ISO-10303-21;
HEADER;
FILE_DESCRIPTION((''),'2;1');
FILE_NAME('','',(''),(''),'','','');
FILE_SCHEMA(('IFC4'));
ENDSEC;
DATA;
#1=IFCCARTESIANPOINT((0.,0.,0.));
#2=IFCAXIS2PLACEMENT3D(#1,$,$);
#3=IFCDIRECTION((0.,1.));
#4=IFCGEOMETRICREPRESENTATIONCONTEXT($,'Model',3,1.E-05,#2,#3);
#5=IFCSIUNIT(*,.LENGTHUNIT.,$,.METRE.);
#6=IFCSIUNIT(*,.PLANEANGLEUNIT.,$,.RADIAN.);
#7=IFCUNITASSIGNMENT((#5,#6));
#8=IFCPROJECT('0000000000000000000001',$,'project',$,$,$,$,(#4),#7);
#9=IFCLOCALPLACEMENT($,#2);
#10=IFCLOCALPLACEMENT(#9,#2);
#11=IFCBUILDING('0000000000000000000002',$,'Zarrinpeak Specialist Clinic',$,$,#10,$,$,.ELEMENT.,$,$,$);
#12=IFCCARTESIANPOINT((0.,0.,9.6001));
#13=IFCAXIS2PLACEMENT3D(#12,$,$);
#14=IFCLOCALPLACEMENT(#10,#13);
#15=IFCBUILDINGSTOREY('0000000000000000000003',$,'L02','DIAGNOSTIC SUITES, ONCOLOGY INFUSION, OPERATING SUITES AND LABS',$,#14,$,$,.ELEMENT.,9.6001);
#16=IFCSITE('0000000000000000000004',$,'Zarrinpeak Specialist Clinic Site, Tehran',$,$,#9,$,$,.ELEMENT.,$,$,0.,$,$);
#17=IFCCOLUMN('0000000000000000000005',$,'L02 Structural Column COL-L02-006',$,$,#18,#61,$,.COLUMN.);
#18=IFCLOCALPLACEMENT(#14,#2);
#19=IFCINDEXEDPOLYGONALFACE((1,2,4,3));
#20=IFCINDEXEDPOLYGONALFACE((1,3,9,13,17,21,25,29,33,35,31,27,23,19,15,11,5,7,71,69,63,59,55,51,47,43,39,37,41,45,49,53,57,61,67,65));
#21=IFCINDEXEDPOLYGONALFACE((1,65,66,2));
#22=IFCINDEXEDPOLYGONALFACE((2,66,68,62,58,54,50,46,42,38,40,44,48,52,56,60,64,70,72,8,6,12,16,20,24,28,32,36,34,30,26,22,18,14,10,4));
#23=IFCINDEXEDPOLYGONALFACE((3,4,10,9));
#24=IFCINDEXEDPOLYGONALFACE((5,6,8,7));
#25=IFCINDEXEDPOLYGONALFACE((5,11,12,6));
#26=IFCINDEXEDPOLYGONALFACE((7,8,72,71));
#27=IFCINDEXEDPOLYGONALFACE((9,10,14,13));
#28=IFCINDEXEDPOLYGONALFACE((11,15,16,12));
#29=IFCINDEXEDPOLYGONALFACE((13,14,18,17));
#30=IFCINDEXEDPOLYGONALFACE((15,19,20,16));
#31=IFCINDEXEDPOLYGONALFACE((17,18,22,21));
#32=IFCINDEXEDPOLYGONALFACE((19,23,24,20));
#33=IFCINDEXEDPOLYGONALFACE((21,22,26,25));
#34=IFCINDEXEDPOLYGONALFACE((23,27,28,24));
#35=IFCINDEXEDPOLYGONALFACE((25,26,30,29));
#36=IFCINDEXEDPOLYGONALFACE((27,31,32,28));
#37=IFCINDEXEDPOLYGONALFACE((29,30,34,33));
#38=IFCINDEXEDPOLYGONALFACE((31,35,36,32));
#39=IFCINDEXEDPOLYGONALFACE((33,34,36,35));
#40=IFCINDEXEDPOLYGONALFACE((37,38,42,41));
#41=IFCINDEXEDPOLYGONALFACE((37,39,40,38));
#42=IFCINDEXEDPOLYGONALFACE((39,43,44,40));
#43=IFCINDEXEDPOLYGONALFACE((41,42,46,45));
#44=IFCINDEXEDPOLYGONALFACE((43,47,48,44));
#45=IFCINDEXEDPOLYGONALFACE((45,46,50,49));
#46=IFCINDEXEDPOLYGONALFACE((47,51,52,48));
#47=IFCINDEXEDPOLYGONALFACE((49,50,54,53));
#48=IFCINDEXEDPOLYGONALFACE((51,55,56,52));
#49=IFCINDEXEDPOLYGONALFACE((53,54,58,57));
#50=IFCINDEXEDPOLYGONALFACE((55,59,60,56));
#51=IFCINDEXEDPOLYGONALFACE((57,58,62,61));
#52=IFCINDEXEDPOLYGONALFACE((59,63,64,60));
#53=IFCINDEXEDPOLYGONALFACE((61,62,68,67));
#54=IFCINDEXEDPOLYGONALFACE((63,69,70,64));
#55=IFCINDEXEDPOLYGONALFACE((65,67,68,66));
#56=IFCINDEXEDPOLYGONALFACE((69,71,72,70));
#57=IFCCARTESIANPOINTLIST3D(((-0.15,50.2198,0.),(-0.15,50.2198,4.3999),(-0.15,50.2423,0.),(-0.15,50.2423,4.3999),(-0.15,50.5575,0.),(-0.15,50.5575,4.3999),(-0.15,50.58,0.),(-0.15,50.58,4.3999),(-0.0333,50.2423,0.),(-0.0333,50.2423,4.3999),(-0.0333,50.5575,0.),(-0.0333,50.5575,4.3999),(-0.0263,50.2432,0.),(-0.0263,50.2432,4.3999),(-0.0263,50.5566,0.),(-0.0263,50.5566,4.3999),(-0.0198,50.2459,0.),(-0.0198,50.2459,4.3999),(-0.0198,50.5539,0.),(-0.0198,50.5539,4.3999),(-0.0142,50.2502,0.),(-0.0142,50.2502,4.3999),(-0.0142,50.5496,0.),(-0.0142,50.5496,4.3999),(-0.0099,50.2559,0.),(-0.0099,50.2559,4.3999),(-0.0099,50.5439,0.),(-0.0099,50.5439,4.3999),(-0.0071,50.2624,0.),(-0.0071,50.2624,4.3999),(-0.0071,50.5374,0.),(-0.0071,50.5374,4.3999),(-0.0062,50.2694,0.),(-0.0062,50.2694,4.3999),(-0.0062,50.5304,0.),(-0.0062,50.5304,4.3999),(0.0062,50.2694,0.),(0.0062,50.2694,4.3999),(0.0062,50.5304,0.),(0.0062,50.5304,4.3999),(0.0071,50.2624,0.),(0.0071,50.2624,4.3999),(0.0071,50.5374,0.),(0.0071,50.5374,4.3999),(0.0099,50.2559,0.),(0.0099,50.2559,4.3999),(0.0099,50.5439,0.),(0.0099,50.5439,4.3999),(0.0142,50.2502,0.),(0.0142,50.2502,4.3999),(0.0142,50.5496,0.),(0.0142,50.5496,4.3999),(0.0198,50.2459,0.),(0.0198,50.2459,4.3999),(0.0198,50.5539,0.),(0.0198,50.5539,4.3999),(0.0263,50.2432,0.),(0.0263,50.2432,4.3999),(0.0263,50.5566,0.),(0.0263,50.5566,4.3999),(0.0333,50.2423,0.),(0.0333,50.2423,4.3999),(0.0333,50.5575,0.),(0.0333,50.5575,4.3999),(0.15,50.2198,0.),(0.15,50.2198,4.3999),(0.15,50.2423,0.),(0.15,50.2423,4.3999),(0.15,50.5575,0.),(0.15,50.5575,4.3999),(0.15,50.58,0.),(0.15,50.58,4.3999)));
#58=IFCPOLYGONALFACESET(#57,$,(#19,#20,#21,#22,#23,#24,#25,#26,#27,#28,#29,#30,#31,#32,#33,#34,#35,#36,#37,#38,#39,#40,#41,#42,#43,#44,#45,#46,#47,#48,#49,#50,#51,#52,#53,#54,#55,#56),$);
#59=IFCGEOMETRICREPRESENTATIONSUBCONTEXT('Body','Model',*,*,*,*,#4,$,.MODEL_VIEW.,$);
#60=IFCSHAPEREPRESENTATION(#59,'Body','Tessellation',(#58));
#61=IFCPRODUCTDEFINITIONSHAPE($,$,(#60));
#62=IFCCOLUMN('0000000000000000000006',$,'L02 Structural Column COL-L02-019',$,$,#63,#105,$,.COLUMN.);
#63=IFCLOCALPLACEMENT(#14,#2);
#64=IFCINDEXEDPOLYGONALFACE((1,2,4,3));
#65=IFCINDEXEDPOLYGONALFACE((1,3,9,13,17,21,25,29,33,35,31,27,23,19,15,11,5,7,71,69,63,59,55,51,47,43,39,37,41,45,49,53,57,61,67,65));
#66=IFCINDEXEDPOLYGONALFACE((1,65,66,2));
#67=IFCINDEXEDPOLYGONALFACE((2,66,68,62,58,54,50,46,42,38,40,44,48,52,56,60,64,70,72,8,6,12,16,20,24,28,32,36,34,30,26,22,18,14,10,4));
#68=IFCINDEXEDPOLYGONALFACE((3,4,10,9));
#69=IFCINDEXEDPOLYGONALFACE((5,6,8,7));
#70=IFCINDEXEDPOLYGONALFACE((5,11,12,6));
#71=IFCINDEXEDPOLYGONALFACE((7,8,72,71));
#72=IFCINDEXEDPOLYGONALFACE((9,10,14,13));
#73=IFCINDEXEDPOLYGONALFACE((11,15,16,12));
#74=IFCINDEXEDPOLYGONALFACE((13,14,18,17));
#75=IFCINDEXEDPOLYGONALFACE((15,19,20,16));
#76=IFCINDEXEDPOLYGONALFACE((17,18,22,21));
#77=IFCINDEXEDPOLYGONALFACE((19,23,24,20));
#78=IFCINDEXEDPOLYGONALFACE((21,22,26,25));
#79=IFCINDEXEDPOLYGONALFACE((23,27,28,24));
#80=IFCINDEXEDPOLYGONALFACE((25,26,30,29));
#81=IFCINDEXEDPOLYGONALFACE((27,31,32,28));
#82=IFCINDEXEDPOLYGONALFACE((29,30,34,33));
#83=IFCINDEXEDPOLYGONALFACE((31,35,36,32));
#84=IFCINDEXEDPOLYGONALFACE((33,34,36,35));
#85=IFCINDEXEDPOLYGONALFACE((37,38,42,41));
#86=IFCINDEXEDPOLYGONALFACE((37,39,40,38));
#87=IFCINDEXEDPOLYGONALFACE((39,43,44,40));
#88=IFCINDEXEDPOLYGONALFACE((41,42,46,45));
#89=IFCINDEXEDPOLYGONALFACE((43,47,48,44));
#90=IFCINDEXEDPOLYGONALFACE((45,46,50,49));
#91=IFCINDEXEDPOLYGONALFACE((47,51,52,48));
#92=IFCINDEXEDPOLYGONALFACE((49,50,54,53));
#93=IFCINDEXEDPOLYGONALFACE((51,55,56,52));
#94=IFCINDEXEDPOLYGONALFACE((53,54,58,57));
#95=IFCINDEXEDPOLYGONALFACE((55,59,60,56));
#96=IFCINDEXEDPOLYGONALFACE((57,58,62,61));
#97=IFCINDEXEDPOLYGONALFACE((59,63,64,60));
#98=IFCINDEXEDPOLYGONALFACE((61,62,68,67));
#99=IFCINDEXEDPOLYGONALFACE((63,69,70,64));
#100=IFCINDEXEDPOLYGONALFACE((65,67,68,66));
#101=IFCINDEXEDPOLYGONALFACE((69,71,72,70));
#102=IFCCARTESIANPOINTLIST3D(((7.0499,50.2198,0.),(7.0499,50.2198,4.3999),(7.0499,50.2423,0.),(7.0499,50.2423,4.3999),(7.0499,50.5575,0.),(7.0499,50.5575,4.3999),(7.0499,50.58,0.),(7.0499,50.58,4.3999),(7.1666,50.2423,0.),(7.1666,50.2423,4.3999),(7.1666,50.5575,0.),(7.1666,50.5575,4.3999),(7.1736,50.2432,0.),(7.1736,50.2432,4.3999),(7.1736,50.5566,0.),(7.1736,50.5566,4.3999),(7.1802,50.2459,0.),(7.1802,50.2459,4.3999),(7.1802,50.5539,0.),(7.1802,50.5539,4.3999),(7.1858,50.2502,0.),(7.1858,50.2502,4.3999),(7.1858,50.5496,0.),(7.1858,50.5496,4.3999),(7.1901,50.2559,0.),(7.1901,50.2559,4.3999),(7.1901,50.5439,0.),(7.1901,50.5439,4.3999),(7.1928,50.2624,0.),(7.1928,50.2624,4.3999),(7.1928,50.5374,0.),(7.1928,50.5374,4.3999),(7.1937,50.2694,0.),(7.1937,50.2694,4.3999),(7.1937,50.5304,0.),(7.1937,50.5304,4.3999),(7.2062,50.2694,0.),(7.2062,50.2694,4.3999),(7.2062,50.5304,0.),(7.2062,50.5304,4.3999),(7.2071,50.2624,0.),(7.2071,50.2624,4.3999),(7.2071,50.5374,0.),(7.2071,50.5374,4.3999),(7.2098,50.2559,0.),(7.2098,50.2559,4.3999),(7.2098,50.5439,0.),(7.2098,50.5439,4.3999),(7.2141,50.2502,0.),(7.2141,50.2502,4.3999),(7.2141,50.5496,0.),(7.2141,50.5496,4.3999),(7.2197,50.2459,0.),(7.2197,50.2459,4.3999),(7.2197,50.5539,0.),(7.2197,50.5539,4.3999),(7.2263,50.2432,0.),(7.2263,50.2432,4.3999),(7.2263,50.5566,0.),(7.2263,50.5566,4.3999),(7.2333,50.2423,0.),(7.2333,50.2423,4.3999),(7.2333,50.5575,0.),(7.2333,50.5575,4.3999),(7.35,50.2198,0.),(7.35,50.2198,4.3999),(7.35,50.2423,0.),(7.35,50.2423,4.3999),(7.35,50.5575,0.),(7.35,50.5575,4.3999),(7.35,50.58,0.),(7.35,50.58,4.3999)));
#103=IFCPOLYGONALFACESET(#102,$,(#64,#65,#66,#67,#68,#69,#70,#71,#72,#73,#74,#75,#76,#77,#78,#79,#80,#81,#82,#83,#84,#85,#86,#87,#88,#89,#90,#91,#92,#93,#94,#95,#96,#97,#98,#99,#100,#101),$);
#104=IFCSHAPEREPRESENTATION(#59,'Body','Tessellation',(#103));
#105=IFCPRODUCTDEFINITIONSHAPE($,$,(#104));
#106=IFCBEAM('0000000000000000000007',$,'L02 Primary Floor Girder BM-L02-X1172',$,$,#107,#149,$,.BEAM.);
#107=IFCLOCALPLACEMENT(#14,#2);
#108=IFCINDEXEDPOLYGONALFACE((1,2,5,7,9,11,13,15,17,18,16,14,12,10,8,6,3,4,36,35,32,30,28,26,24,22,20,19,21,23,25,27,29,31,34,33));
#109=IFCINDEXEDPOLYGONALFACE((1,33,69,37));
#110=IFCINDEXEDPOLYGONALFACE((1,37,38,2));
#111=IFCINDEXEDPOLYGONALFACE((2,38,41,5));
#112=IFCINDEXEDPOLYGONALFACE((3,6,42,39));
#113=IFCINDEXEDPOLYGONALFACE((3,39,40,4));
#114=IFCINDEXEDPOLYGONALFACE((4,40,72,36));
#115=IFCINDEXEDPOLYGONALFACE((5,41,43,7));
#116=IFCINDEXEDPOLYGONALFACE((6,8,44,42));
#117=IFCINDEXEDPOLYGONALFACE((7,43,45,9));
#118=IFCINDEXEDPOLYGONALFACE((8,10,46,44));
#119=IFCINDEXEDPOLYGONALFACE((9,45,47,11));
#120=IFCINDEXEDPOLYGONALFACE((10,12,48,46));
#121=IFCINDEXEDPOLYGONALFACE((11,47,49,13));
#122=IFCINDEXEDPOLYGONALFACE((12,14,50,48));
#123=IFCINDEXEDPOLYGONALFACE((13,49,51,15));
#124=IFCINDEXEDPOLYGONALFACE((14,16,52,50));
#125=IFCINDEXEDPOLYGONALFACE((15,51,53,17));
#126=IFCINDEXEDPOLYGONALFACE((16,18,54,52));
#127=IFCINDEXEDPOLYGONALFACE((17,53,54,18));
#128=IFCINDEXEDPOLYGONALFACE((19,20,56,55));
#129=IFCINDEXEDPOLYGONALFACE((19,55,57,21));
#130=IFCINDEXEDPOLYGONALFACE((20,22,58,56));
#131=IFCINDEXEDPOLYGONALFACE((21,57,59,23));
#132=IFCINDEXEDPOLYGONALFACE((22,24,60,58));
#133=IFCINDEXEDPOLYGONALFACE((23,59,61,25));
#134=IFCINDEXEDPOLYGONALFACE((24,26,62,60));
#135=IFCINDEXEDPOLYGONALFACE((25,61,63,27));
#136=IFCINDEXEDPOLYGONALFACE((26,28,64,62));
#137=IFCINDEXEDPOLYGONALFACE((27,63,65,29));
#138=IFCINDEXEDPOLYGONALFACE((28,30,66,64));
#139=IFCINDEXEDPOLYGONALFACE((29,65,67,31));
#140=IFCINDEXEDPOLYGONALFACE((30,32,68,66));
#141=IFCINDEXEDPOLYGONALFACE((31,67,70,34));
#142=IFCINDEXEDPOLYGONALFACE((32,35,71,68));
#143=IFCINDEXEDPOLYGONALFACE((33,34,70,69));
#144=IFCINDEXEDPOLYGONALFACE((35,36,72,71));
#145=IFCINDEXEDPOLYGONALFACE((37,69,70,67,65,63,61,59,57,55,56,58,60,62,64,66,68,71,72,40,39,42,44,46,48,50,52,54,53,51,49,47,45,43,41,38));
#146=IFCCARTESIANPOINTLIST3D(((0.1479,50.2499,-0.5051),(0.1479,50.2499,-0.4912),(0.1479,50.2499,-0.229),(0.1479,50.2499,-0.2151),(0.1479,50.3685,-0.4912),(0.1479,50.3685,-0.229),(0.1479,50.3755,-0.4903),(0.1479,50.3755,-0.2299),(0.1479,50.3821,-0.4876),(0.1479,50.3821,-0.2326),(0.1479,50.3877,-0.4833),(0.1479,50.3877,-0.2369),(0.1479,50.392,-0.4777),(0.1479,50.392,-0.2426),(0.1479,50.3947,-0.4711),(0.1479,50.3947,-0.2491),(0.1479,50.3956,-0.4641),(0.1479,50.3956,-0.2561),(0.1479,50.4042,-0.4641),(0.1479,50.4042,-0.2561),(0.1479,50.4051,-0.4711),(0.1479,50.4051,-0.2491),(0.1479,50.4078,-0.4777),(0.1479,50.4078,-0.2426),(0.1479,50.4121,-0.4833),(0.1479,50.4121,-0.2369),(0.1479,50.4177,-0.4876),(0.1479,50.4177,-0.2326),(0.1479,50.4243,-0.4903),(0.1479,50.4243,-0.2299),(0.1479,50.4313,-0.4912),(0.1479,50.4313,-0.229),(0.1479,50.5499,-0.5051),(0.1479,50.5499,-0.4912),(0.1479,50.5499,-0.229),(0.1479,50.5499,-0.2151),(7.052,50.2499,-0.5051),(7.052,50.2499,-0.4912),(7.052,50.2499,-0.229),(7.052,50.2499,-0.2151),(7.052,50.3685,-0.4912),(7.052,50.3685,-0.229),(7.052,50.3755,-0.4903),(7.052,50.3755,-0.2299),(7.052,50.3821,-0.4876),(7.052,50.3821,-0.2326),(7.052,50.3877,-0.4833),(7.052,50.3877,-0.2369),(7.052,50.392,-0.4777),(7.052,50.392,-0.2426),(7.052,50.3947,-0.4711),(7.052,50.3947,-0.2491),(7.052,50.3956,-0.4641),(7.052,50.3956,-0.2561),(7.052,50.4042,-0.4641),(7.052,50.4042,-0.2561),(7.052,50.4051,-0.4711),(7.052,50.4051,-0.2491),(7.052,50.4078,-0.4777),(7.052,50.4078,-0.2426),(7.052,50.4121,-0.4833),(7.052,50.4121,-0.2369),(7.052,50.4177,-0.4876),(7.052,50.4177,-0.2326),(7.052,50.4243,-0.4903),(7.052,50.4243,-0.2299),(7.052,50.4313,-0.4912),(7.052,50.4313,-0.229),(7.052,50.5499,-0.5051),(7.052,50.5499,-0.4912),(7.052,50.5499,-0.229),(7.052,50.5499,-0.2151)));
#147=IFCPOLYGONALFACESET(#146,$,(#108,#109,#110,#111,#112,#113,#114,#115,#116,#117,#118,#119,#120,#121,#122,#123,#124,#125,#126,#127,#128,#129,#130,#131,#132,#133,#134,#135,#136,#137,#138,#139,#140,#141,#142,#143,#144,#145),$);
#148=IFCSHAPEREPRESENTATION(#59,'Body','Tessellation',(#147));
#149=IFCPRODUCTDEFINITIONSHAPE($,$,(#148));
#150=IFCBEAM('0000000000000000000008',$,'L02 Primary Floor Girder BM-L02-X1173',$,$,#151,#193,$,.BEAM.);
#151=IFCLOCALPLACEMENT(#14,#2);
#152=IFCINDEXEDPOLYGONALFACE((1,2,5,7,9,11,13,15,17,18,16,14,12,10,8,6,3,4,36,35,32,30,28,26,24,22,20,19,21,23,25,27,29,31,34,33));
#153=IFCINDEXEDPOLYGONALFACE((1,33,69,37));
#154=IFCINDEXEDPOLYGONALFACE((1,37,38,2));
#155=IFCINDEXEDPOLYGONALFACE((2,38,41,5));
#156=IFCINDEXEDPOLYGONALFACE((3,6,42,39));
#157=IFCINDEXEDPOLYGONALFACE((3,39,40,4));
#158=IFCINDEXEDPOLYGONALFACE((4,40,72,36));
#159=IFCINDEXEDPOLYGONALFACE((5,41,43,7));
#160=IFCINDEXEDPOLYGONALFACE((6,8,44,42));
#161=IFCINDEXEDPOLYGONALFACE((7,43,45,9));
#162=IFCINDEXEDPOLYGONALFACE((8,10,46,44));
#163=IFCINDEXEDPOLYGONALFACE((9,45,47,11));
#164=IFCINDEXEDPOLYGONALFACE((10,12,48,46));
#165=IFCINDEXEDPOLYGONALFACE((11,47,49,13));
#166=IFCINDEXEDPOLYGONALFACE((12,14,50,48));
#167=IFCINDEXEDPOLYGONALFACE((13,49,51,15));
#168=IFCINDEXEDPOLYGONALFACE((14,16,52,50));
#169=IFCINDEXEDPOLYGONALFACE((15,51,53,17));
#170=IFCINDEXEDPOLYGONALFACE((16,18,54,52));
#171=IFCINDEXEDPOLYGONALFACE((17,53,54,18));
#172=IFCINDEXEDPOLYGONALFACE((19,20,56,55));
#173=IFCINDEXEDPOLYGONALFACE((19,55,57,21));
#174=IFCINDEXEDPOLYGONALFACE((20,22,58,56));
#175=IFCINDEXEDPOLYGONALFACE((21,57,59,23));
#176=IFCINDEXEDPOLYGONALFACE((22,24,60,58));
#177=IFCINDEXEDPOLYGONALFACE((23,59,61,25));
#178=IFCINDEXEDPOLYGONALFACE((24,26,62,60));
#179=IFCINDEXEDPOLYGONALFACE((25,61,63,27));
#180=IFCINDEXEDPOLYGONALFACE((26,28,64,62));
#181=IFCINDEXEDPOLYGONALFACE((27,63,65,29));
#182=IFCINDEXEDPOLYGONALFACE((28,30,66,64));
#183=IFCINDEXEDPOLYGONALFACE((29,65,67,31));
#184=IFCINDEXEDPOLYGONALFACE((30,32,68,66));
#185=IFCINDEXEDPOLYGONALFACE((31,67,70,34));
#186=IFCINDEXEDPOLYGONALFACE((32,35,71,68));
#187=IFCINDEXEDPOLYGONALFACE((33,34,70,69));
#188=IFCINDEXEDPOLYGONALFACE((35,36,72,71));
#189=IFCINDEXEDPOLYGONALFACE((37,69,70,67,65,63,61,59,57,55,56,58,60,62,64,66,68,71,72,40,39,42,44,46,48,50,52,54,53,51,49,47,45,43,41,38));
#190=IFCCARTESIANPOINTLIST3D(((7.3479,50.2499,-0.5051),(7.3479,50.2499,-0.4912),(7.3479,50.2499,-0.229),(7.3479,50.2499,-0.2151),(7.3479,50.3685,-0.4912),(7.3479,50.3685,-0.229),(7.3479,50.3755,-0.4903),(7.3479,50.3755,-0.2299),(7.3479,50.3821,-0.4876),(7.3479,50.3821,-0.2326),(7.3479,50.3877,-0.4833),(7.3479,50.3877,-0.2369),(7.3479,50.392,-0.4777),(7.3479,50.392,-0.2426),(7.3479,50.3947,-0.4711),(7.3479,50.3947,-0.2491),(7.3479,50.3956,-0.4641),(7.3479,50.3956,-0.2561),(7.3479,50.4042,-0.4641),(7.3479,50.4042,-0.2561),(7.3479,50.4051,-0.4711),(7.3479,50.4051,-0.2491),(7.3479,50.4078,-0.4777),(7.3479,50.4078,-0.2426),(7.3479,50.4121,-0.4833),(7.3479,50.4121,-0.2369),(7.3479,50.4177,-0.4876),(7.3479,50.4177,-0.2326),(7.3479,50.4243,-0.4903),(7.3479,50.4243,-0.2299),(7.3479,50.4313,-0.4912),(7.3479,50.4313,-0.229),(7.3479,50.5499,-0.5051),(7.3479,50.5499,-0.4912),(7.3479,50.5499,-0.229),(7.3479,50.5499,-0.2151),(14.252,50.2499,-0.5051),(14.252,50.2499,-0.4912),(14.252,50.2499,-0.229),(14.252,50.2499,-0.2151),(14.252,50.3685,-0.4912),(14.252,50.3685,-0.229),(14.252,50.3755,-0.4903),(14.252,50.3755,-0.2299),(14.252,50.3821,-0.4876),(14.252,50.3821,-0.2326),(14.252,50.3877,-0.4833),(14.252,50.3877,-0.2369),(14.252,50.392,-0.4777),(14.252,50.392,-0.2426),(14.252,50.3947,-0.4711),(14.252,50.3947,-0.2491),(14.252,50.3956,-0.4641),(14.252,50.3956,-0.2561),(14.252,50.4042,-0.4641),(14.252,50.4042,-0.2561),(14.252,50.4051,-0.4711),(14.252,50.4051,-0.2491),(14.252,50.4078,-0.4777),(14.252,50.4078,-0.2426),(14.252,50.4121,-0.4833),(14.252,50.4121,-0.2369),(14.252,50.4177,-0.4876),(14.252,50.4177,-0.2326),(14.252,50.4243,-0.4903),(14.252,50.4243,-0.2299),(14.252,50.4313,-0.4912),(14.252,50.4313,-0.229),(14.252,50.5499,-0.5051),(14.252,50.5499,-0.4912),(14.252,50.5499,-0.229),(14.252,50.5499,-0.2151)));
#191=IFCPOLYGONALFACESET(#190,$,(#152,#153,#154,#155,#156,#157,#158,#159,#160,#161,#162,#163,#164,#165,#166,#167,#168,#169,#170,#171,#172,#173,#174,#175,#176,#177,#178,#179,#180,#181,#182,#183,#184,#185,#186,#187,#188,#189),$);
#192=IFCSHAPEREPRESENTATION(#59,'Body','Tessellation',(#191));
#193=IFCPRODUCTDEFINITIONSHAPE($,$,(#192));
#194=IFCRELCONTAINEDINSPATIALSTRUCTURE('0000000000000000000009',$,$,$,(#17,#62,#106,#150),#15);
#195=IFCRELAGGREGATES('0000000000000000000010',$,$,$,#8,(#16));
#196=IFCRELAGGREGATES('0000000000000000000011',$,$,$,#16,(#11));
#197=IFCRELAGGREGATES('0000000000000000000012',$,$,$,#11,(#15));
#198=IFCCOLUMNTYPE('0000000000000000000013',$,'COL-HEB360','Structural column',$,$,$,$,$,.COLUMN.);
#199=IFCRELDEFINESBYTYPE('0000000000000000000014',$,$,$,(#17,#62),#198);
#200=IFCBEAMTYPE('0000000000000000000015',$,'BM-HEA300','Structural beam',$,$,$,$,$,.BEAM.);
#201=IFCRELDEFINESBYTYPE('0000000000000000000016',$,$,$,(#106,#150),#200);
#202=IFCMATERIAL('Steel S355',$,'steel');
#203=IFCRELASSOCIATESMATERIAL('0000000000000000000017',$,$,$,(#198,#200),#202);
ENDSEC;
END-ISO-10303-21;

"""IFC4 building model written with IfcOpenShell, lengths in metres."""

from ifc_helpers import new_model, si_unit, direction, frame, origin, origin_2d, place, context, subcontext, project, spatial, i_section, extrude, material, material_profile, profile_set, type_object, element, save


model = new_model("IFC4")

# Units and contexts
model_context = context("Model", 3, precision=1e-05, world=origin(), true_north=direction((0.0, 1.0)))
body_context = subcontext(model_context, "Body", "Model", "MODEL_VIEW")
ifc_project = project(units=[si_unit("LENGTHUNIT", "METRE"), si_unit("PLANEANGLEUNIT", "RADIAN")], contexts=[model_context])

# Site, building, storey
site_placement = place(None, origin())
site = spatial("IfcSite", under=ifc_project, at=site_placement, Name="Zarrinpeak Specialist Clinic Site, Tehran", CompositionType="ELEMENT", RefElevation=0.0)
building_placement = place(site_placement, origin())
building = spatial("IfcBuilding", under=site, at=building_placement, Name="Zarrinpeak Specialist Clinic", CompositionType="ELEMENT")
storey_placement = place(building_placement, frame((0.0, 0.0, 9.6001)))
storey = spatial("IfcBuildingStorey", under=building, at=storey_placement, Name="L02", Description="DIAGNOSTIC SUITES, ONCOLOGY INFUSION, OPERATING SUITES AND LABS", CompositionType="ELEMENT", Elevation=9.6001)

# Columns
ifc_material_1 = material(Name="Steel S355", Category="steel")
ifc_material_profile_1 = material_profile(ifc_material_1, i_section(OverallWidth=0.3, OverallDepth=0.3601, WebThickness=0.0125, FlangeThickness=0.0225, FilletRadius=0.0271, at=origin_2d()), Name="HEB 360")
ifc_profile_set_1 = profile_set([ifc_material_profile_1], Name="Steel S355")
column_type = type_object("IfcColumnType", Name="COL-HEB360", Description="Structural column", PredefinedType="COLUMN", material=ifc_profile_set_1)
for number, where, z_axis, x_axis, name in (
    (1, (0.0, 50.3999, 0.0), (0.0, 0.0, 1.0), (1.0, 0.0, 0.0), "L02 Structural Column COL-L02-006"),
    (2, (7.2, 50.3999, 0.0), (0.0, 0.0, 1.0), (1.0, 0.0, 0.0), "L02 Structural Column COL-L02-019"),
):
    element("IfcColumn", number, at=place(storey_placement, frame(where, z_axis=z_axis, x_axis=x_axis)), inside=storey, type_object=column_type, Name=name, PredefinedType="COLUMN", context=body_context, shape_type="SweptSolid", body=[
        extrude(i_section(OverallWidth=0.3, OverallDepth=0.3601, WebThickness=0.0125, FlangeThickness=0.0225, FilletRadius=0.0271, at=origin_2d()), origin(), (0.0, 0.0, 1.0), 4.3999),
    ])

# Beams
ifc_material_profile_2 = material_profile(ifc_material_1, i_section(OverallWidth=0.3, OverallDepth=0.29, WebThickness=0.0085, FlangeThickness=0.0139, FilletRadius=0.0271, at=origin_2d()), Name="HEA 300")
ifc_profile_set_2 = profile_set([ifc_material_profile_2], Name="Steel S355")
beam_type_1 = type_object("IfcBeamType", Name="BM-HEA300", Description="Structural beam", PredefinedType="BEAM", material=ifc_profile_set_2)
for number, where, z_axis, x_axis, name in (
    (3, (0.1479, 50.3999, -0.3601), (1.0, 0.0, 0.0), (0.0, 1.0, 0.0), "L02 Primary Floor Girder BM-L02-X1172"),
    (4, (7.3479, 50.3999, -0.3601), (1.0, 0.0, 0.0), (0.0, 1.0, 0.0), "L02 Primary Floor Girder BM-L02-X1173"),
):
    element("IfcBeam", number, at=place(storey_placement, frame(where, z_axis=z_axis, x_axis=x_axis)), inside=storey, type_object=beam_type_1, Name=name, PredefinedType="BEAM", context=body_context, shape_type="SweptSolid", body=[
        extrude(i_section(OverallWidth=0.3, OverallDepth=0.29, WebThickness=0.0085, FlangeThickness=0.0139, FilletRadius=0.0271, at=origin_2d()), origin(), (0.0, 0.0, 1.0), 6.9041),
    ])

save(model, "model.ifc")
